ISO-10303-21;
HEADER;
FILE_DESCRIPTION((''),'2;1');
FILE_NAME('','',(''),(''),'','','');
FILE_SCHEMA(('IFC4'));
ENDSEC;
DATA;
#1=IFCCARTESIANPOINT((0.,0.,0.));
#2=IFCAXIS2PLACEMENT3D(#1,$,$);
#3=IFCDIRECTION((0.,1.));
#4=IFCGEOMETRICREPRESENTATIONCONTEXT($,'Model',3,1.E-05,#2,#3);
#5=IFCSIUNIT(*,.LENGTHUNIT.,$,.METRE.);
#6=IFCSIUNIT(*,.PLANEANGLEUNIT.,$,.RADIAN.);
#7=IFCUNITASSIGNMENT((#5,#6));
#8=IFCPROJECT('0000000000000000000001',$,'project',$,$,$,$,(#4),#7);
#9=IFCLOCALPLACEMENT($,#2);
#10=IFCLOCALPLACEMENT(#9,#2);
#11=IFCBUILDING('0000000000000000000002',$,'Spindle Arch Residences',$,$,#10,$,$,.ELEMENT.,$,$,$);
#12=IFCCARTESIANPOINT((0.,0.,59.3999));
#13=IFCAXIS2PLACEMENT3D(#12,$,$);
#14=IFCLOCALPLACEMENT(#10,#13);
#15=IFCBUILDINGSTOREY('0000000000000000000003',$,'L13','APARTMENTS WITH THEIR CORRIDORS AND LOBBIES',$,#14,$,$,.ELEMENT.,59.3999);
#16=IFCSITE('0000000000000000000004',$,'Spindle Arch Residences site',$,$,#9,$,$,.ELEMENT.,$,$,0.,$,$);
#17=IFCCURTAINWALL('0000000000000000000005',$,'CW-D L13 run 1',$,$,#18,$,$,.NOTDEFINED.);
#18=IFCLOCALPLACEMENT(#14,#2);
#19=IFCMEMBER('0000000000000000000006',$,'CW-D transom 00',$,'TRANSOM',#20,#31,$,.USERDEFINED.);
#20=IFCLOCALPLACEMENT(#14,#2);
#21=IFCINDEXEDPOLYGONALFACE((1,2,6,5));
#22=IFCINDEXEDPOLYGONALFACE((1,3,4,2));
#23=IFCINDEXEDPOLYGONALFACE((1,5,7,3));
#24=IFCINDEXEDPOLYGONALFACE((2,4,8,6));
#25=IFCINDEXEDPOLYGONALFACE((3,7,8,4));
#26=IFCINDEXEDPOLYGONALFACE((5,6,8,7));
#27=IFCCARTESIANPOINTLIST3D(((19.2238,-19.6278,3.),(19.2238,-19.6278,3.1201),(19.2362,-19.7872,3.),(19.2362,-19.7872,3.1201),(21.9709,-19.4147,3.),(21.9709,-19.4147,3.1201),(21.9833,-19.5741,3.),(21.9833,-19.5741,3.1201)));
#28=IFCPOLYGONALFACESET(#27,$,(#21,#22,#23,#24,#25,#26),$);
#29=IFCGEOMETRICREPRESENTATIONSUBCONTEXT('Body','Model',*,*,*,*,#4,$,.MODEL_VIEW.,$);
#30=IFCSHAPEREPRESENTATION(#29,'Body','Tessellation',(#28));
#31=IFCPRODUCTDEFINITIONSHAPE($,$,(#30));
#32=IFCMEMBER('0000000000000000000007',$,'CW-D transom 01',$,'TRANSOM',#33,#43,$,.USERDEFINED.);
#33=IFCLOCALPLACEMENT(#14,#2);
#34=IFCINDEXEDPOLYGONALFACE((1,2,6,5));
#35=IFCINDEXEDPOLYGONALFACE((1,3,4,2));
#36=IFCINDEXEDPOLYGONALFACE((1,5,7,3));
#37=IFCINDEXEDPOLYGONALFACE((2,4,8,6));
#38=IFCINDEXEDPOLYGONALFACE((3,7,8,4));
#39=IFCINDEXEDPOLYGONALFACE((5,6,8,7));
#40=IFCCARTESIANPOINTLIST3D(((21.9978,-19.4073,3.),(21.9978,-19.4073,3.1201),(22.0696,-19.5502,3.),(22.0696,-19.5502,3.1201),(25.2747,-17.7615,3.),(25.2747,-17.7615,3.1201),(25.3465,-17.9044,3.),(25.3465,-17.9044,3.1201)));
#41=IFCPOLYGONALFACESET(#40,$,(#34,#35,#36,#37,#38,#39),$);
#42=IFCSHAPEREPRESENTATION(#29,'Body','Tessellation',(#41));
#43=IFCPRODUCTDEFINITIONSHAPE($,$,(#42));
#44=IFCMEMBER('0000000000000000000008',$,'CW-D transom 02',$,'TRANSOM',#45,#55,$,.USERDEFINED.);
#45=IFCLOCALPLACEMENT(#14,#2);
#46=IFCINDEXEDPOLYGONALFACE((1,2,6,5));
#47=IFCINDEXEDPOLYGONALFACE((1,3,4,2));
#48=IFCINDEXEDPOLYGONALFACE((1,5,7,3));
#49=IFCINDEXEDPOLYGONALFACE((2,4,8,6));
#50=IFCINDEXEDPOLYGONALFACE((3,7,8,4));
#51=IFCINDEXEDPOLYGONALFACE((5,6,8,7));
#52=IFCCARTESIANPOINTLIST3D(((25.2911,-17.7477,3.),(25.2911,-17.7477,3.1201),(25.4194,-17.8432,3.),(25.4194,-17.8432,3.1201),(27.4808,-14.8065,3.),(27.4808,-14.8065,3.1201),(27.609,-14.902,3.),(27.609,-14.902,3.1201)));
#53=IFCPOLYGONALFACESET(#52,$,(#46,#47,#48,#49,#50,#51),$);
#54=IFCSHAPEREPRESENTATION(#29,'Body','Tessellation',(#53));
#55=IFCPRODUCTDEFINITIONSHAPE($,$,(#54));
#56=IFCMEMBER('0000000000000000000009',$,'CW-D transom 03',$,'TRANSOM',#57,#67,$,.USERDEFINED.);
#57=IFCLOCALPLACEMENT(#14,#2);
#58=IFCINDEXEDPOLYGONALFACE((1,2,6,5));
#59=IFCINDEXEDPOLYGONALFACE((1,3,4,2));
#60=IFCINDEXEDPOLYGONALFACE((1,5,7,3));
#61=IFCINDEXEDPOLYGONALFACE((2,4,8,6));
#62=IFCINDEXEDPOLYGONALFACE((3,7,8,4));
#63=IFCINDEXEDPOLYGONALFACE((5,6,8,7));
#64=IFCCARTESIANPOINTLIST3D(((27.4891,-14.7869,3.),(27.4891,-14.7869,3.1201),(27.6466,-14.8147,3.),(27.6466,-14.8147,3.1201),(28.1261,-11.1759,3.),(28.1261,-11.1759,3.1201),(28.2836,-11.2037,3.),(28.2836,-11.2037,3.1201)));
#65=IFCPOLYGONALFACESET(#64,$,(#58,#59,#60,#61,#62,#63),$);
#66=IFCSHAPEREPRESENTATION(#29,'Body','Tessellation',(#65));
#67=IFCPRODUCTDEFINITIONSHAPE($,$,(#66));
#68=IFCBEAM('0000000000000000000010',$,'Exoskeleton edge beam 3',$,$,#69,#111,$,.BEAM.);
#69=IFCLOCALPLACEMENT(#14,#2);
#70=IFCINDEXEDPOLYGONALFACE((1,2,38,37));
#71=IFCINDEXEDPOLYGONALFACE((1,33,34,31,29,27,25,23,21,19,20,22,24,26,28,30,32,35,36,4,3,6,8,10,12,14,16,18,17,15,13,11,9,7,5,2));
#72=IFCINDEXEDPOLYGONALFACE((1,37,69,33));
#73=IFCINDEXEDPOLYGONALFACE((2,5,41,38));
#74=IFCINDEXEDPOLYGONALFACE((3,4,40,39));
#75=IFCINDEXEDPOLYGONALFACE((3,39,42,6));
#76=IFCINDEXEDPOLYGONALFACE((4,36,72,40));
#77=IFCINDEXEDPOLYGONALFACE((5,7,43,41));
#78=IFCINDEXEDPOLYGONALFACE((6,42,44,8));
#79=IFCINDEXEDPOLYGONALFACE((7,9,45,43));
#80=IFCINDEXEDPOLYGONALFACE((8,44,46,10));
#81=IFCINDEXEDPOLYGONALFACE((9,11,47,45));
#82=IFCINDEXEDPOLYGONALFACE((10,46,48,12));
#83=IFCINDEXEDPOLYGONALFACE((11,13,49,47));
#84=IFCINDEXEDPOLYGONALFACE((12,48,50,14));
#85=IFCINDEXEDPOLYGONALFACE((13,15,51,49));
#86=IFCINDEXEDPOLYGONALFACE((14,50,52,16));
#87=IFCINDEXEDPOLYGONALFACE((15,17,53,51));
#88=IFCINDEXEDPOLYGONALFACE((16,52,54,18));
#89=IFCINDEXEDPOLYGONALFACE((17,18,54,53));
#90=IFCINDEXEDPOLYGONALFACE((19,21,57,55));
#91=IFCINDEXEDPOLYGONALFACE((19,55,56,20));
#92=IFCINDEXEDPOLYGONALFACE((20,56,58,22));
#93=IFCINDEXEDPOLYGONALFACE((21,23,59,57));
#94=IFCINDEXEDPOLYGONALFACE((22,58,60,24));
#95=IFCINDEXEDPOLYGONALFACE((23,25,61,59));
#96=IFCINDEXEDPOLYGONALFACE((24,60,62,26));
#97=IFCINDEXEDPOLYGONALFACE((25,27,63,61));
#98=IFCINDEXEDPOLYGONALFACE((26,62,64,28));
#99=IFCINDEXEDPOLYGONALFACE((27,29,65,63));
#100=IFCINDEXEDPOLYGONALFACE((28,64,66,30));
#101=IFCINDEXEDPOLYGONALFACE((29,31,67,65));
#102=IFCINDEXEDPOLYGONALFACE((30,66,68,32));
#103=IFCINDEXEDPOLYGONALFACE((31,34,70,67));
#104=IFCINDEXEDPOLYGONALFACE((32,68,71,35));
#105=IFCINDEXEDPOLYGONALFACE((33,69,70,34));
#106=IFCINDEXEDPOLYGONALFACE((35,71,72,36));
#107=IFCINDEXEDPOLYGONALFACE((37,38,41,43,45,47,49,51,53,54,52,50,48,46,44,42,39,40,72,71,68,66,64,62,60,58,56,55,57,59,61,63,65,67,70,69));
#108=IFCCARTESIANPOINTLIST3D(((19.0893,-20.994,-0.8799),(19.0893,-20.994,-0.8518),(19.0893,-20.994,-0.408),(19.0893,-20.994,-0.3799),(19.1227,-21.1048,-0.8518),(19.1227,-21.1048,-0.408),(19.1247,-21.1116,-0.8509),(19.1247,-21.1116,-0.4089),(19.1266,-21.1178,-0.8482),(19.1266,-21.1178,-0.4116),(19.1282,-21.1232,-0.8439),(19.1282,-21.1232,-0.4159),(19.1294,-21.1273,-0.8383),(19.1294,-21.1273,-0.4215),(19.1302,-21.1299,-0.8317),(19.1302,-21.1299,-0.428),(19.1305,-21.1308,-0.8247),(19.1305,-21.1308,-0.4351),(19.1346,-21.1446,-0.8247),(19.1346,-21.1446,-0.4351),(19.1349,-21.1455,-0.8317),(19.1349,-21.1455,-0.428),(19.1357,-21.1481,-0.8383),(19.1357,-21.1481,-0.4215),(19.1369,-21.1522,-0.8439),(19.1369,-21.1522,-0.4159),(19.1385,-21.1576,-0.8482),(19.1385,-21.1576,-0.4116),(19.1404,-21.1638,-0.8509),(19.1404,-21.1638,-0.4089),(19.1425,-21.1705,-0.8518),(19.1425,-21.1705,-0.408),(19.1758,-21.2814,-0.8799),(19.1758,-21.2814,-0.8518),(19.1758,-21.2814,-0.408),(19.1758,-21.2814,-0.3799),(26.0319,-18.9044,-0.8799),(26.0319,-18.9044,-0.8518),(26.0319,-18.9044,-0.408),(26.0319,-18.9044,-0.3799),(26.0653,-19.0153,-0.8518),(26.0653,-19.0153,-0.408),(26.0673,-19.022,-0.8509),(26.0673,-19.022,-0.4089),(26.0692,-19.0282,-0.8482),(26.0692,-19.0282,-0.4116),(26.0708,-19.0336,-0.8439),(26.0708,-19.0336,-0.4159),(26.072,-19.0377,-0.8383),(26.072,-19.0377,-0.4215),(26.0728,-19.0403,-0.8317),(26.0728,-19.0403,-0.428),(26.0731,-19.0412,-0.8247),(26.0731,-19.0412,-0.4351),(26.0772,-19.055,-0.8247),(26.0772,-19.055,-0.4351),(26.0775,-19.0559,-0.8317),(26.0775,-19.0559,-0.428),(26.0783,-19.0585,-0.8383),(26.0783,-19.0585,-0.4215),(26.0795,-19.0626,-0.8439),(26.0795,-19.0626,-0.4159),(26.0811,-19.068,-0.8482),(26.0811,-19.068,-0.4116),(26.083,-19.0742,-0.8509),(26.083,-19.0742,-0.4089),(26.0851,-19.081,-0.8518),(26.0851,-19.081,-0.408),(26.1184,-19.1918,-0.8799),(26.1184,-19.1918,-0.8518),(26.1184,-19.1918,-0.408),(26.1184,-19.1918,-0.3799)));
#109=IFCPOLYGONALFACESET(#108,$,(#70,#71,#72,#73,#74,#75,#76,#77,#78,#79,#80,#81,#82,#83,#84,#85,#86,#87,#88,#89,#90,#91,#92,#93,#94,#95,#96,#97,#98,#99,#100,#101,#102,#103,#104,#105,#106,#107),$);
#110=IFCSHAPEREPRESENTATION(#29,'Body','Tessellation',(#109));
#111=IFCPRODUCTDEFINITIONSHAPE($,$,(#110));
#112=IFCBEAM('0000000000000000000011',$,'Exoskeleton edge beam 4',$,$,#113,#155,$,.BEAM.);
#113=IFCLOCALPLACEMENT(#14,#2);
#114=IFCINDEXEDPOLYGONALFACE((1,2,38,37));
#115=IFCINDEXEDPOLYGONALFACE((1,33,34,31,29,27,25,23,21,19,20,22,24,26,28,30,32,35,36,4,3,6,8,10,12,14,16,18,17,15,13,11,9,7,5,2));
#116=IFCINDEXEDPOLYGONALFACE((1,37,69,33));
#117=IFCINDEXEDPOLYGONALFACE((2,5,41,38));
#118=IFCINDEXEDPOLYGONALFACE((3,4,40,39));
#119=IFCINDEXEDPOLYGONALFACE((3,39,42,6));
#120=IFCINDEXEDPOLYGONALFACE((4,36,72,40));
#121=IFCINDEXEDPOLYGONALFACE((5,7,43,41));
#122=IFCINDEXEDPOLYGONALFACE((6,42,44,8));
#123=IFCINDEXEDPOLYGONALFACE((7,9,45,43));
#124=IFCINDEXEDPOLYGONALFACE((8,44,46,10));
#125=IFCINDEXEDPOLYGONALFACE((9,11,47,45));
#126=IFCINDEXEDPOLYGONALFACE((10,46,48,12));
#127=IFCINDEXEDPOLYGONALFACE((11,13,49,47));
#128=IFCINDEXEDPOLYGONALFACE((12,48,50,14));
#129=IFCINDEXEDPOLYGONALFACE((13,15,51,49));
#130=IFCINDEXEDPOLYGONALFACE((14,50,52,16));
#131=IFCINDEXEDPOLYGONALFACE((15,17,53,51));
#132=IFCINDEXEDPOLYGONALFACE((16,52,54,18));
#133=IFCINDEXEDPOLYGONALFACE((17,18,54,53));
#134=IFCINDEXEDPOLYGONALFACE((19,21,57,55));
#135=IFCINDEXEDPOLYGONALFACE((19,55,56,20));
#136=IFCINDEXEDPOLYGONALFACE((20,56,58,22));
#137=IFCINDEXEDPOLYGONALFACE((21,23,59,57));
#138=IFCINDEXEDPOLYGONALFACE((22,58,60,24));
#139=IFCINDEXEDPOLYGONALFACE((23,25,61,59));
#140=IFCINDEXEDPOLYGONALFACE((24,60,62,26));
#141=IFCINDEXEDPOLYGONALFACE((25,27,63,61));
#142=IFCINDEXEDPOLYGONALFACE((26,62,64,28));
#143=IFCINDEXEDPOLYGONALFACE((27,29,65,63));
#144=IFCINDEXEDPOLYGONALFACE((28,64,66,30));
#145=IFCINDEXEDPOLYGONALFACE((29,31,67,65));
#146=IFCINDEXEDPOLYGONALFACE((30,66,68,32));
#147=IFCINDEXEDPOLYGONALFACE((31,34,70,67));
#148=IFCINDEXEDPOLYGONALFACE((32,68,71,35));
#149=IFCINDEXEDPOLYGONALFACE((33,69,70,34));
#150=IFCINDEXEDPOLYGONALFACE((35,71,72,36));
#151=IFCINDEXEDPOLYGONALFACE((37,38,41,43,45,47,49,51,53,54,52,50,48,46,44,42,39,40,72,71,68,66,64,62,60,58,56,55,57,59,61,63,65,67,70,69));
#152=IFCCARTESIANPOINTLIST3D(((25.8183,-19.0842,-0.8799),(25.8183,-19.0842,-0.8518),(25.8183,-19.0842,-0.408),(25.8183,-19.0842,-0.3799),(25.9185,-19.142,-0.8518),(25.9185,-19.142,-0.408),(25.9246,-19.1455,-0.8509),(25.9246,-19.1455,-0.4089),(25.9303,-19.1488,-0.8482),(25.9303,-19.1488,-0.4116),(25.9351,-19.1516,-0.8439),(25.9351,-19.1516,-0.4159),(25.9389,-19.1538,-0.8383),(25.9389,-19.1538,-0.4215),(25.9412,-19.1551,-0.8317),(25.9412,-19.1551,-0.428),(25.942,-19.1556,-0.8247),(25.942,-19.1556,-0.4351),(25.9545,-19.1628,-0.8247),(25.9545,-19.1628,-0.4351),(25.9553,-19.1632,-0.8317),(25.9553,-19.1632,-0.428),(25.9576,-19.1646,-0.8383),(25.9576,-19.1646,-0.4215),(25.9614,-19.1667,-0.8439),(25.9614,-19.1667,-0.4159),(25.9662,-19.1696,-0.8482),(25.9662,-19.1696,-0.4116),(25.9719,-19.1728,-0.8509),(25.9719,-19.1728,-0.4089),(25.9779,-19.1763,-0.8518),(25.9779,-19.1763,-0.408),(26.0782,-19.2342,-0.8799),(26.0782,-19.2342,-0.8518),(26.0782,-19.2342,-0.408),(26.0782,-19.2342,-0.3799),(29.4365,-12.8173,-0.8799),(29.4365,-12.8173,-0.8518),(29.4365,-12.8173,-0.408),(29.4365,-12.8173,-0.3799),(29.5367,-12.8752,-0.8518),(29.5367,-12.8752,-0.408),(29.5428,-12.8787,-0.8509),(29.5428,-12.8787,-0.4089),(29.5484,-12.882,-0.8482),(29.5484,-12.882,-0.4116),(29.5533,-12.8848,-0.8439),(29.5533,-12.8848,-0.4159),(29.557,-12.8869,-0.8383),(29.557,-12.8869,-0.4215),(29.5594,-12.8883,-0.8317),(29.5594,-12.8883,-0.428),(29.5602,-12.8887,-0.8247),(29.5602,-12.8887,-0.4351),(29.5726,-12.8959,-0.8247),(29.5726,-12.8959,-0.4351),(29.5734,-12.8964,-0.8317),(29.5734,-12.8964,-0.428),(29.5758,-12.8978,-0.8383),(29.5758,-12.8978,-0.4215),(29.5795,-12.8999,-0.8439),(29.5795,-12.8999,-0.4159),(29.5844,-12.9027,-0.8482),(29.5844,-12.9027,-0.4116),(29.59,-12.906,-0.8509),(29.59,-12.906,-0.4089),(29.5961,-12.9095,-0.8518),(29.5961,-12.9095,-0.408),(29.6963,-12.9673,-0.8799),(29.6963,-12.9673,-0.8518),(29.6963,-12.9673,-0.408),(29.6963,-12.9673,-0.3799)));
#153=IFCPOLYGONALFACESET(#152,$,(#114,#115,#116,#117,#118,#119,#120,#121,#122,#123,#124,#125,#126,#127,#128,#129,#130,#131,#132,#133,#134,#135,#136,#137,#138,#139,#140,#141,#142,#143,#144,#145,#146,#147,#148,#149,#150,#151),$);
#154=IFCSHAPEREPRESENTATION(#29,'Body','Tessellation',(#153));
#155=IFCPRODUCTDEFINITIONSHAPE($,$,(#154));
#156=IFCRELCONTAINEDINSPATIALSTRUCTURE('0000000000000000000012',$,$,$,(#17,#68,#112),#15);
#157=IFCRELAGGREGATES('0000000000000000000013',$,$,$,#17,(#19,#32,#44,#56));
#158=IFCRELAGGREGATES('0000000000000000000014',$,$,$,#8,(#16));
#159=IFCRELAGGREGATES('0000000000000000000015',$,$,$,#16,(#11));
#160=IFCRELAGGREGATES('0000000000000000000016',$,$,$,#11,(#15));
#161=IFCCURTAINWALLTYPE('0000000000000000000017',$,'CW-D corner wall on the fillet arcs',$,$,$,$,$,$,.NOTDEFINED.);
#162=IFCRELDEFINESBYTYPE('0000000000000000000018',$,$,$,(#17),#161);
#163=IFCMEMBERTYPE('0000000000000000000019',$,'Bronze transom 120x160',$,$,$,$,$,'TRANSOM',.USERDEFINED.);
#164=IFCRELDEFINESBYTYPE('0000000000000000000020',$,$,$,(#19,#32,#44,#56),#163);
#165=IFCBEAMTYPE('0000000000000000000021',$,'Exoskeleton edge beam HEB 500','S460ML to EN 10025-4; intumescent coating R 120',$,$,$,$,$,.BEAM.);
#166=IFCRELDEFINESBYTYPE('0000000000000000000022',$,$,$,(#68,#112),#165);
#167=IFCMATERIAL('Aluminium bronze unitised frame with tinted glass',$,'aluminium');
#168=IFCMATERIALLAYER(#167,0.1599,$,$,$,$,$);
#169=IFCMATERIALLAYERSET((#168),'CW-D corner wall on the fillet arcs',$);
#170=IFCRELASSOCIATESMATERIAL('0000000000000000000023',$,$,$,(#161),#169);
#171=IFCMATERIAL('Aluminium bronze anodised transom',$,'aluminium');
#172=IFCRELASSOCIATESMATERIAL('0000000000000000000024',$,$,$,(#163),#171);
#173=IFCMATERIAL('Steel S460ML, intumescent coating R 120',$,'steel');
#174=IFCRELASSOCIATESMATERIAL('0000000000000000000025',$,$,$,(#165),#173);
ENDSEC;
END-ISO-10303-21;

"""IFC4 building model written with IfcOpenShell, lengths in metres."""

from ifc_helpers import new_model, si_unit, direction, frame, origin, origin_2d, place, context, subcontext, project, spatial, rectangle, i_section, extrude, material, layer, layer_set, material_profile, profile_set, type_object, element, aggregate, save


model = new_model("IFC4")

# Units and contexts
model_context = context("Model", 3, precision=1e-05, world=origin(), true_north=direction((0.0, 1.0)))
body_context = subcontext(model_context, "Body", "Model", "MODEL_VIEW")
ifc_project = project(units=[si_unit("LENGTHUNIT", "METRE"), si_unit("PLANEANGLEUNIT", "RADIAN")], contexts=[model_context])

# Site, building, storey
site_placement = place(None, origin())
site = spatial("IfcSite", under=ifc_project, at=site_placement, Name="Spindle Arch Residences site", CompositionType="ELEMENT", RefElevation=0.0)
building_placement = place(site_placement, origin())
building = spatial("IfcBuilding", under=site, at=building_placement, Name="Spindle Arch Residences", CompositionType="ELEMENT")
storey_placement = place(building_placement, frame((0.0, 0.0, 59.3999)))
storey = spatial("IfcBuildingStorey", under=building, at=storey_placement, Name="L13", Description="APARTMENTS WITH THEIR CORRIDORS AND LOBBIES", CompositionType="ELEMENT", Elevation=59.3999)

# Curtain wall, members
ifc_material_1 = material(Name="Aluminium bronze unitised frame with tinted glass", Category="aluminium")
ifc_layer_1 = layer(ifc_material_1, 0.1599)
ifc_layer_set_1 = layer_set([ifc_layer_1], Name="CW-D corner wall on the fillet arcs")
curtain_wall_type = type_object("IfcCurtainWallType", Name="CW-D corner wall on the fillet arcs", PredefinedType="NOTDEFINED", material=ifc_layer_set_1)
curtain_wall_placement = place(storey_placement, origin())
curtain_wall = element("IfcCurtainWall", 1, at=curtain_wall_placement, inside=storey, type_object=curtain_wall_type, Name="CW-D L13 run 1", PredefinedType="NOTDEFINED")
ifc_material_2 = material(Name="Aluminium bronze anodised transom", Category="aluminium")
ifc_material_profile_1 = material_profile(ifc_material_2, rectangle(XDim=0.1599, YDim=0.1201, at=origin_2d()), Name="TR 120x160")
ifc_profile_set_1 = profile_set([ifc_material_profile_1], Name="Aluminium bronze anodised transom")
member_type_1 = type_object("IfcMemberType", Name="Bronze transom 120x160", ElementType="TRANSOM", PredefinedType="USERDEFINED", material=ifc_profile_set_1)
member_1_placement = place(storey_placement, frame((19.23, -19.7075, 3.0601), z_axis=(0.997004, 0.077354, 0.0), x_axis=(-0.077354, 0.997004, 0.0)))
member_1 = element("IfcMember", 2, at=member_1_placement, type_object=member_type_1, Name="CW-D transom 00", ObjectType="TRANSOM", PredefinedType="USERDEFINED", context=body_context, shape_type="SweptSolid", body=[
    extrude(rectangle(XDim=0.1599, YDim=0.1201, at=origin_2d()), origin(), (0.0, 0.0, 1.0), 2.7554),
])
member_2_placement = place(storey_placement, frame((22.0337, -19.4788, 3.0601), z_axis=(0.893627, 0.448811, 0.0), x_axis=(-0.448811, 0.893627, 0.0)))
member_2 = element("IfcMember", 3, at=member_2_placement, type_object=member_type_1, Name="CW-D transom 01", ObjectType="TRANSOM", PredefinedType="USERDEFINED", context=body_context, shape_type="SweptSolid", body=[
    extrude(rectangle(XDim=0.1599, YDim=0.1201, at=origin_2d()), origin(), (0.0, 0.0, 1.0), 3.667),
])
member_3_placement = place(storey_placement, frame((25.3552, -17.7954, 3.0601), z_axis=(0.597173, 0.802112, 0.0), x_axis=(-0.802112, 0.597173, 0.0)))
member_3 = element("IfcMember", 4, at=member_3_placement, type_object=member_type_1, Name="CW-D transom 02", ObjectType="TRANSOM", PredefinedType="USERDEFINED", context=body_context, shape_type="SweptSolid", body=[
    extrude(rectangle(XDim=0.1599, YDim=0.1201, at=origin_2d()), origin(), (0.0, 0.0, 1.0), 3.6667),
])
member_4_placement = place(storey_placement, frame((27.5679, -14.8008, 3.0601), z_axis=(0.173709, 0.984797, 0.0), x_axis=(-0.984797, 0.173709, 0.0)))
member_4 = element("IfcMember", 5, at=member_4_placement, type_object=member_type_1, Name="CW-D transom 03", ObjectType="TRANSOM", PredefinedType="USERDEFINED", context=body_context, shape_type="SweptSolid", body=[
    extrude(rectangle(XDim=0.1599, YDim=0.1201, at=origin_2d()), origin(), (0.0, 0.0, 1.0), 3.6667),
])

# Beams
ifc_material_3 = material(Name="Steel S460ML, intumescent coating R 120", Category="steel")
ifc_material_profile_2 = material_profile(ifc_material_3, i_section(OverallWidth=0.3, OverallDepth=0.5, WebThickness=0.0144, FlangeThickness=0.0281, FilletRadius=0.0271, at=origin_2d()), Name="HEB 500")
ifc_profile_set_2 = profile_set([ifc_material_profile_2], Name="Steel S460ML, intumescent coating R 120")
beam_type_1 = type_object("IfcBeamType", Name="Exoskeleton edge beam HEB 500", Description="S460ML to EN 10025-4; intumescent coating R 120", PredefinedType="BEAM", material=ifc_profile_set_2)
beam_1_placement = place(storey_placement, frame((19.1326, -21.1377, -0.6299), z_axis=(0.957567, 0.28821, 0.0), x_axis=(-0.28821, 0.957567, 0.0)))
element("IfcBeam", 6, at=beam_1_placement, inside=storey, type_object=beam_type_1, Name="Exoskeleton edge beam 3", PredefinedType="BEAM", context=body_context, shape_type="SweptSolid", body=[
    extrude(i_section(OverallWidth=0.3, OverallDepth=0.5, WebThickness=0.0144, FlangeThickness=0.0281, FilletRadius=0.0271, at=origin_2d()), origin(), (0.0, 0.0, 1.0), 7.2502),
])
beam_2_placement = place(storey_placement, frame((25.9482, -19.1592, -0.6299), z_axis=(0.5, 0.866025, 0.0), x_axis=(-0.866025, 0.5, 0.0)))
element("IfcBeam", 7, at=beam_2_placement, inside=storey, type_object=beam_type_1, Name="Exoskeleton edge beam 4", PredefinedType="BEAM", context=body_context, shape_type="SweptSolid", body=[
    extrude(i_section(OverallWidth=0.3, OverallDepth=0.5, WebThickness=0.0144, FlangeThickness=0.0281, FilletRadius=0.0271, at=origin_2d()), origin(), (0.0, 0.0, 1.0), 7.2363),
])

aggregate(curtain_wall, [member_1, member_2, member_3, member_4])

save(model, "model.ifc")
